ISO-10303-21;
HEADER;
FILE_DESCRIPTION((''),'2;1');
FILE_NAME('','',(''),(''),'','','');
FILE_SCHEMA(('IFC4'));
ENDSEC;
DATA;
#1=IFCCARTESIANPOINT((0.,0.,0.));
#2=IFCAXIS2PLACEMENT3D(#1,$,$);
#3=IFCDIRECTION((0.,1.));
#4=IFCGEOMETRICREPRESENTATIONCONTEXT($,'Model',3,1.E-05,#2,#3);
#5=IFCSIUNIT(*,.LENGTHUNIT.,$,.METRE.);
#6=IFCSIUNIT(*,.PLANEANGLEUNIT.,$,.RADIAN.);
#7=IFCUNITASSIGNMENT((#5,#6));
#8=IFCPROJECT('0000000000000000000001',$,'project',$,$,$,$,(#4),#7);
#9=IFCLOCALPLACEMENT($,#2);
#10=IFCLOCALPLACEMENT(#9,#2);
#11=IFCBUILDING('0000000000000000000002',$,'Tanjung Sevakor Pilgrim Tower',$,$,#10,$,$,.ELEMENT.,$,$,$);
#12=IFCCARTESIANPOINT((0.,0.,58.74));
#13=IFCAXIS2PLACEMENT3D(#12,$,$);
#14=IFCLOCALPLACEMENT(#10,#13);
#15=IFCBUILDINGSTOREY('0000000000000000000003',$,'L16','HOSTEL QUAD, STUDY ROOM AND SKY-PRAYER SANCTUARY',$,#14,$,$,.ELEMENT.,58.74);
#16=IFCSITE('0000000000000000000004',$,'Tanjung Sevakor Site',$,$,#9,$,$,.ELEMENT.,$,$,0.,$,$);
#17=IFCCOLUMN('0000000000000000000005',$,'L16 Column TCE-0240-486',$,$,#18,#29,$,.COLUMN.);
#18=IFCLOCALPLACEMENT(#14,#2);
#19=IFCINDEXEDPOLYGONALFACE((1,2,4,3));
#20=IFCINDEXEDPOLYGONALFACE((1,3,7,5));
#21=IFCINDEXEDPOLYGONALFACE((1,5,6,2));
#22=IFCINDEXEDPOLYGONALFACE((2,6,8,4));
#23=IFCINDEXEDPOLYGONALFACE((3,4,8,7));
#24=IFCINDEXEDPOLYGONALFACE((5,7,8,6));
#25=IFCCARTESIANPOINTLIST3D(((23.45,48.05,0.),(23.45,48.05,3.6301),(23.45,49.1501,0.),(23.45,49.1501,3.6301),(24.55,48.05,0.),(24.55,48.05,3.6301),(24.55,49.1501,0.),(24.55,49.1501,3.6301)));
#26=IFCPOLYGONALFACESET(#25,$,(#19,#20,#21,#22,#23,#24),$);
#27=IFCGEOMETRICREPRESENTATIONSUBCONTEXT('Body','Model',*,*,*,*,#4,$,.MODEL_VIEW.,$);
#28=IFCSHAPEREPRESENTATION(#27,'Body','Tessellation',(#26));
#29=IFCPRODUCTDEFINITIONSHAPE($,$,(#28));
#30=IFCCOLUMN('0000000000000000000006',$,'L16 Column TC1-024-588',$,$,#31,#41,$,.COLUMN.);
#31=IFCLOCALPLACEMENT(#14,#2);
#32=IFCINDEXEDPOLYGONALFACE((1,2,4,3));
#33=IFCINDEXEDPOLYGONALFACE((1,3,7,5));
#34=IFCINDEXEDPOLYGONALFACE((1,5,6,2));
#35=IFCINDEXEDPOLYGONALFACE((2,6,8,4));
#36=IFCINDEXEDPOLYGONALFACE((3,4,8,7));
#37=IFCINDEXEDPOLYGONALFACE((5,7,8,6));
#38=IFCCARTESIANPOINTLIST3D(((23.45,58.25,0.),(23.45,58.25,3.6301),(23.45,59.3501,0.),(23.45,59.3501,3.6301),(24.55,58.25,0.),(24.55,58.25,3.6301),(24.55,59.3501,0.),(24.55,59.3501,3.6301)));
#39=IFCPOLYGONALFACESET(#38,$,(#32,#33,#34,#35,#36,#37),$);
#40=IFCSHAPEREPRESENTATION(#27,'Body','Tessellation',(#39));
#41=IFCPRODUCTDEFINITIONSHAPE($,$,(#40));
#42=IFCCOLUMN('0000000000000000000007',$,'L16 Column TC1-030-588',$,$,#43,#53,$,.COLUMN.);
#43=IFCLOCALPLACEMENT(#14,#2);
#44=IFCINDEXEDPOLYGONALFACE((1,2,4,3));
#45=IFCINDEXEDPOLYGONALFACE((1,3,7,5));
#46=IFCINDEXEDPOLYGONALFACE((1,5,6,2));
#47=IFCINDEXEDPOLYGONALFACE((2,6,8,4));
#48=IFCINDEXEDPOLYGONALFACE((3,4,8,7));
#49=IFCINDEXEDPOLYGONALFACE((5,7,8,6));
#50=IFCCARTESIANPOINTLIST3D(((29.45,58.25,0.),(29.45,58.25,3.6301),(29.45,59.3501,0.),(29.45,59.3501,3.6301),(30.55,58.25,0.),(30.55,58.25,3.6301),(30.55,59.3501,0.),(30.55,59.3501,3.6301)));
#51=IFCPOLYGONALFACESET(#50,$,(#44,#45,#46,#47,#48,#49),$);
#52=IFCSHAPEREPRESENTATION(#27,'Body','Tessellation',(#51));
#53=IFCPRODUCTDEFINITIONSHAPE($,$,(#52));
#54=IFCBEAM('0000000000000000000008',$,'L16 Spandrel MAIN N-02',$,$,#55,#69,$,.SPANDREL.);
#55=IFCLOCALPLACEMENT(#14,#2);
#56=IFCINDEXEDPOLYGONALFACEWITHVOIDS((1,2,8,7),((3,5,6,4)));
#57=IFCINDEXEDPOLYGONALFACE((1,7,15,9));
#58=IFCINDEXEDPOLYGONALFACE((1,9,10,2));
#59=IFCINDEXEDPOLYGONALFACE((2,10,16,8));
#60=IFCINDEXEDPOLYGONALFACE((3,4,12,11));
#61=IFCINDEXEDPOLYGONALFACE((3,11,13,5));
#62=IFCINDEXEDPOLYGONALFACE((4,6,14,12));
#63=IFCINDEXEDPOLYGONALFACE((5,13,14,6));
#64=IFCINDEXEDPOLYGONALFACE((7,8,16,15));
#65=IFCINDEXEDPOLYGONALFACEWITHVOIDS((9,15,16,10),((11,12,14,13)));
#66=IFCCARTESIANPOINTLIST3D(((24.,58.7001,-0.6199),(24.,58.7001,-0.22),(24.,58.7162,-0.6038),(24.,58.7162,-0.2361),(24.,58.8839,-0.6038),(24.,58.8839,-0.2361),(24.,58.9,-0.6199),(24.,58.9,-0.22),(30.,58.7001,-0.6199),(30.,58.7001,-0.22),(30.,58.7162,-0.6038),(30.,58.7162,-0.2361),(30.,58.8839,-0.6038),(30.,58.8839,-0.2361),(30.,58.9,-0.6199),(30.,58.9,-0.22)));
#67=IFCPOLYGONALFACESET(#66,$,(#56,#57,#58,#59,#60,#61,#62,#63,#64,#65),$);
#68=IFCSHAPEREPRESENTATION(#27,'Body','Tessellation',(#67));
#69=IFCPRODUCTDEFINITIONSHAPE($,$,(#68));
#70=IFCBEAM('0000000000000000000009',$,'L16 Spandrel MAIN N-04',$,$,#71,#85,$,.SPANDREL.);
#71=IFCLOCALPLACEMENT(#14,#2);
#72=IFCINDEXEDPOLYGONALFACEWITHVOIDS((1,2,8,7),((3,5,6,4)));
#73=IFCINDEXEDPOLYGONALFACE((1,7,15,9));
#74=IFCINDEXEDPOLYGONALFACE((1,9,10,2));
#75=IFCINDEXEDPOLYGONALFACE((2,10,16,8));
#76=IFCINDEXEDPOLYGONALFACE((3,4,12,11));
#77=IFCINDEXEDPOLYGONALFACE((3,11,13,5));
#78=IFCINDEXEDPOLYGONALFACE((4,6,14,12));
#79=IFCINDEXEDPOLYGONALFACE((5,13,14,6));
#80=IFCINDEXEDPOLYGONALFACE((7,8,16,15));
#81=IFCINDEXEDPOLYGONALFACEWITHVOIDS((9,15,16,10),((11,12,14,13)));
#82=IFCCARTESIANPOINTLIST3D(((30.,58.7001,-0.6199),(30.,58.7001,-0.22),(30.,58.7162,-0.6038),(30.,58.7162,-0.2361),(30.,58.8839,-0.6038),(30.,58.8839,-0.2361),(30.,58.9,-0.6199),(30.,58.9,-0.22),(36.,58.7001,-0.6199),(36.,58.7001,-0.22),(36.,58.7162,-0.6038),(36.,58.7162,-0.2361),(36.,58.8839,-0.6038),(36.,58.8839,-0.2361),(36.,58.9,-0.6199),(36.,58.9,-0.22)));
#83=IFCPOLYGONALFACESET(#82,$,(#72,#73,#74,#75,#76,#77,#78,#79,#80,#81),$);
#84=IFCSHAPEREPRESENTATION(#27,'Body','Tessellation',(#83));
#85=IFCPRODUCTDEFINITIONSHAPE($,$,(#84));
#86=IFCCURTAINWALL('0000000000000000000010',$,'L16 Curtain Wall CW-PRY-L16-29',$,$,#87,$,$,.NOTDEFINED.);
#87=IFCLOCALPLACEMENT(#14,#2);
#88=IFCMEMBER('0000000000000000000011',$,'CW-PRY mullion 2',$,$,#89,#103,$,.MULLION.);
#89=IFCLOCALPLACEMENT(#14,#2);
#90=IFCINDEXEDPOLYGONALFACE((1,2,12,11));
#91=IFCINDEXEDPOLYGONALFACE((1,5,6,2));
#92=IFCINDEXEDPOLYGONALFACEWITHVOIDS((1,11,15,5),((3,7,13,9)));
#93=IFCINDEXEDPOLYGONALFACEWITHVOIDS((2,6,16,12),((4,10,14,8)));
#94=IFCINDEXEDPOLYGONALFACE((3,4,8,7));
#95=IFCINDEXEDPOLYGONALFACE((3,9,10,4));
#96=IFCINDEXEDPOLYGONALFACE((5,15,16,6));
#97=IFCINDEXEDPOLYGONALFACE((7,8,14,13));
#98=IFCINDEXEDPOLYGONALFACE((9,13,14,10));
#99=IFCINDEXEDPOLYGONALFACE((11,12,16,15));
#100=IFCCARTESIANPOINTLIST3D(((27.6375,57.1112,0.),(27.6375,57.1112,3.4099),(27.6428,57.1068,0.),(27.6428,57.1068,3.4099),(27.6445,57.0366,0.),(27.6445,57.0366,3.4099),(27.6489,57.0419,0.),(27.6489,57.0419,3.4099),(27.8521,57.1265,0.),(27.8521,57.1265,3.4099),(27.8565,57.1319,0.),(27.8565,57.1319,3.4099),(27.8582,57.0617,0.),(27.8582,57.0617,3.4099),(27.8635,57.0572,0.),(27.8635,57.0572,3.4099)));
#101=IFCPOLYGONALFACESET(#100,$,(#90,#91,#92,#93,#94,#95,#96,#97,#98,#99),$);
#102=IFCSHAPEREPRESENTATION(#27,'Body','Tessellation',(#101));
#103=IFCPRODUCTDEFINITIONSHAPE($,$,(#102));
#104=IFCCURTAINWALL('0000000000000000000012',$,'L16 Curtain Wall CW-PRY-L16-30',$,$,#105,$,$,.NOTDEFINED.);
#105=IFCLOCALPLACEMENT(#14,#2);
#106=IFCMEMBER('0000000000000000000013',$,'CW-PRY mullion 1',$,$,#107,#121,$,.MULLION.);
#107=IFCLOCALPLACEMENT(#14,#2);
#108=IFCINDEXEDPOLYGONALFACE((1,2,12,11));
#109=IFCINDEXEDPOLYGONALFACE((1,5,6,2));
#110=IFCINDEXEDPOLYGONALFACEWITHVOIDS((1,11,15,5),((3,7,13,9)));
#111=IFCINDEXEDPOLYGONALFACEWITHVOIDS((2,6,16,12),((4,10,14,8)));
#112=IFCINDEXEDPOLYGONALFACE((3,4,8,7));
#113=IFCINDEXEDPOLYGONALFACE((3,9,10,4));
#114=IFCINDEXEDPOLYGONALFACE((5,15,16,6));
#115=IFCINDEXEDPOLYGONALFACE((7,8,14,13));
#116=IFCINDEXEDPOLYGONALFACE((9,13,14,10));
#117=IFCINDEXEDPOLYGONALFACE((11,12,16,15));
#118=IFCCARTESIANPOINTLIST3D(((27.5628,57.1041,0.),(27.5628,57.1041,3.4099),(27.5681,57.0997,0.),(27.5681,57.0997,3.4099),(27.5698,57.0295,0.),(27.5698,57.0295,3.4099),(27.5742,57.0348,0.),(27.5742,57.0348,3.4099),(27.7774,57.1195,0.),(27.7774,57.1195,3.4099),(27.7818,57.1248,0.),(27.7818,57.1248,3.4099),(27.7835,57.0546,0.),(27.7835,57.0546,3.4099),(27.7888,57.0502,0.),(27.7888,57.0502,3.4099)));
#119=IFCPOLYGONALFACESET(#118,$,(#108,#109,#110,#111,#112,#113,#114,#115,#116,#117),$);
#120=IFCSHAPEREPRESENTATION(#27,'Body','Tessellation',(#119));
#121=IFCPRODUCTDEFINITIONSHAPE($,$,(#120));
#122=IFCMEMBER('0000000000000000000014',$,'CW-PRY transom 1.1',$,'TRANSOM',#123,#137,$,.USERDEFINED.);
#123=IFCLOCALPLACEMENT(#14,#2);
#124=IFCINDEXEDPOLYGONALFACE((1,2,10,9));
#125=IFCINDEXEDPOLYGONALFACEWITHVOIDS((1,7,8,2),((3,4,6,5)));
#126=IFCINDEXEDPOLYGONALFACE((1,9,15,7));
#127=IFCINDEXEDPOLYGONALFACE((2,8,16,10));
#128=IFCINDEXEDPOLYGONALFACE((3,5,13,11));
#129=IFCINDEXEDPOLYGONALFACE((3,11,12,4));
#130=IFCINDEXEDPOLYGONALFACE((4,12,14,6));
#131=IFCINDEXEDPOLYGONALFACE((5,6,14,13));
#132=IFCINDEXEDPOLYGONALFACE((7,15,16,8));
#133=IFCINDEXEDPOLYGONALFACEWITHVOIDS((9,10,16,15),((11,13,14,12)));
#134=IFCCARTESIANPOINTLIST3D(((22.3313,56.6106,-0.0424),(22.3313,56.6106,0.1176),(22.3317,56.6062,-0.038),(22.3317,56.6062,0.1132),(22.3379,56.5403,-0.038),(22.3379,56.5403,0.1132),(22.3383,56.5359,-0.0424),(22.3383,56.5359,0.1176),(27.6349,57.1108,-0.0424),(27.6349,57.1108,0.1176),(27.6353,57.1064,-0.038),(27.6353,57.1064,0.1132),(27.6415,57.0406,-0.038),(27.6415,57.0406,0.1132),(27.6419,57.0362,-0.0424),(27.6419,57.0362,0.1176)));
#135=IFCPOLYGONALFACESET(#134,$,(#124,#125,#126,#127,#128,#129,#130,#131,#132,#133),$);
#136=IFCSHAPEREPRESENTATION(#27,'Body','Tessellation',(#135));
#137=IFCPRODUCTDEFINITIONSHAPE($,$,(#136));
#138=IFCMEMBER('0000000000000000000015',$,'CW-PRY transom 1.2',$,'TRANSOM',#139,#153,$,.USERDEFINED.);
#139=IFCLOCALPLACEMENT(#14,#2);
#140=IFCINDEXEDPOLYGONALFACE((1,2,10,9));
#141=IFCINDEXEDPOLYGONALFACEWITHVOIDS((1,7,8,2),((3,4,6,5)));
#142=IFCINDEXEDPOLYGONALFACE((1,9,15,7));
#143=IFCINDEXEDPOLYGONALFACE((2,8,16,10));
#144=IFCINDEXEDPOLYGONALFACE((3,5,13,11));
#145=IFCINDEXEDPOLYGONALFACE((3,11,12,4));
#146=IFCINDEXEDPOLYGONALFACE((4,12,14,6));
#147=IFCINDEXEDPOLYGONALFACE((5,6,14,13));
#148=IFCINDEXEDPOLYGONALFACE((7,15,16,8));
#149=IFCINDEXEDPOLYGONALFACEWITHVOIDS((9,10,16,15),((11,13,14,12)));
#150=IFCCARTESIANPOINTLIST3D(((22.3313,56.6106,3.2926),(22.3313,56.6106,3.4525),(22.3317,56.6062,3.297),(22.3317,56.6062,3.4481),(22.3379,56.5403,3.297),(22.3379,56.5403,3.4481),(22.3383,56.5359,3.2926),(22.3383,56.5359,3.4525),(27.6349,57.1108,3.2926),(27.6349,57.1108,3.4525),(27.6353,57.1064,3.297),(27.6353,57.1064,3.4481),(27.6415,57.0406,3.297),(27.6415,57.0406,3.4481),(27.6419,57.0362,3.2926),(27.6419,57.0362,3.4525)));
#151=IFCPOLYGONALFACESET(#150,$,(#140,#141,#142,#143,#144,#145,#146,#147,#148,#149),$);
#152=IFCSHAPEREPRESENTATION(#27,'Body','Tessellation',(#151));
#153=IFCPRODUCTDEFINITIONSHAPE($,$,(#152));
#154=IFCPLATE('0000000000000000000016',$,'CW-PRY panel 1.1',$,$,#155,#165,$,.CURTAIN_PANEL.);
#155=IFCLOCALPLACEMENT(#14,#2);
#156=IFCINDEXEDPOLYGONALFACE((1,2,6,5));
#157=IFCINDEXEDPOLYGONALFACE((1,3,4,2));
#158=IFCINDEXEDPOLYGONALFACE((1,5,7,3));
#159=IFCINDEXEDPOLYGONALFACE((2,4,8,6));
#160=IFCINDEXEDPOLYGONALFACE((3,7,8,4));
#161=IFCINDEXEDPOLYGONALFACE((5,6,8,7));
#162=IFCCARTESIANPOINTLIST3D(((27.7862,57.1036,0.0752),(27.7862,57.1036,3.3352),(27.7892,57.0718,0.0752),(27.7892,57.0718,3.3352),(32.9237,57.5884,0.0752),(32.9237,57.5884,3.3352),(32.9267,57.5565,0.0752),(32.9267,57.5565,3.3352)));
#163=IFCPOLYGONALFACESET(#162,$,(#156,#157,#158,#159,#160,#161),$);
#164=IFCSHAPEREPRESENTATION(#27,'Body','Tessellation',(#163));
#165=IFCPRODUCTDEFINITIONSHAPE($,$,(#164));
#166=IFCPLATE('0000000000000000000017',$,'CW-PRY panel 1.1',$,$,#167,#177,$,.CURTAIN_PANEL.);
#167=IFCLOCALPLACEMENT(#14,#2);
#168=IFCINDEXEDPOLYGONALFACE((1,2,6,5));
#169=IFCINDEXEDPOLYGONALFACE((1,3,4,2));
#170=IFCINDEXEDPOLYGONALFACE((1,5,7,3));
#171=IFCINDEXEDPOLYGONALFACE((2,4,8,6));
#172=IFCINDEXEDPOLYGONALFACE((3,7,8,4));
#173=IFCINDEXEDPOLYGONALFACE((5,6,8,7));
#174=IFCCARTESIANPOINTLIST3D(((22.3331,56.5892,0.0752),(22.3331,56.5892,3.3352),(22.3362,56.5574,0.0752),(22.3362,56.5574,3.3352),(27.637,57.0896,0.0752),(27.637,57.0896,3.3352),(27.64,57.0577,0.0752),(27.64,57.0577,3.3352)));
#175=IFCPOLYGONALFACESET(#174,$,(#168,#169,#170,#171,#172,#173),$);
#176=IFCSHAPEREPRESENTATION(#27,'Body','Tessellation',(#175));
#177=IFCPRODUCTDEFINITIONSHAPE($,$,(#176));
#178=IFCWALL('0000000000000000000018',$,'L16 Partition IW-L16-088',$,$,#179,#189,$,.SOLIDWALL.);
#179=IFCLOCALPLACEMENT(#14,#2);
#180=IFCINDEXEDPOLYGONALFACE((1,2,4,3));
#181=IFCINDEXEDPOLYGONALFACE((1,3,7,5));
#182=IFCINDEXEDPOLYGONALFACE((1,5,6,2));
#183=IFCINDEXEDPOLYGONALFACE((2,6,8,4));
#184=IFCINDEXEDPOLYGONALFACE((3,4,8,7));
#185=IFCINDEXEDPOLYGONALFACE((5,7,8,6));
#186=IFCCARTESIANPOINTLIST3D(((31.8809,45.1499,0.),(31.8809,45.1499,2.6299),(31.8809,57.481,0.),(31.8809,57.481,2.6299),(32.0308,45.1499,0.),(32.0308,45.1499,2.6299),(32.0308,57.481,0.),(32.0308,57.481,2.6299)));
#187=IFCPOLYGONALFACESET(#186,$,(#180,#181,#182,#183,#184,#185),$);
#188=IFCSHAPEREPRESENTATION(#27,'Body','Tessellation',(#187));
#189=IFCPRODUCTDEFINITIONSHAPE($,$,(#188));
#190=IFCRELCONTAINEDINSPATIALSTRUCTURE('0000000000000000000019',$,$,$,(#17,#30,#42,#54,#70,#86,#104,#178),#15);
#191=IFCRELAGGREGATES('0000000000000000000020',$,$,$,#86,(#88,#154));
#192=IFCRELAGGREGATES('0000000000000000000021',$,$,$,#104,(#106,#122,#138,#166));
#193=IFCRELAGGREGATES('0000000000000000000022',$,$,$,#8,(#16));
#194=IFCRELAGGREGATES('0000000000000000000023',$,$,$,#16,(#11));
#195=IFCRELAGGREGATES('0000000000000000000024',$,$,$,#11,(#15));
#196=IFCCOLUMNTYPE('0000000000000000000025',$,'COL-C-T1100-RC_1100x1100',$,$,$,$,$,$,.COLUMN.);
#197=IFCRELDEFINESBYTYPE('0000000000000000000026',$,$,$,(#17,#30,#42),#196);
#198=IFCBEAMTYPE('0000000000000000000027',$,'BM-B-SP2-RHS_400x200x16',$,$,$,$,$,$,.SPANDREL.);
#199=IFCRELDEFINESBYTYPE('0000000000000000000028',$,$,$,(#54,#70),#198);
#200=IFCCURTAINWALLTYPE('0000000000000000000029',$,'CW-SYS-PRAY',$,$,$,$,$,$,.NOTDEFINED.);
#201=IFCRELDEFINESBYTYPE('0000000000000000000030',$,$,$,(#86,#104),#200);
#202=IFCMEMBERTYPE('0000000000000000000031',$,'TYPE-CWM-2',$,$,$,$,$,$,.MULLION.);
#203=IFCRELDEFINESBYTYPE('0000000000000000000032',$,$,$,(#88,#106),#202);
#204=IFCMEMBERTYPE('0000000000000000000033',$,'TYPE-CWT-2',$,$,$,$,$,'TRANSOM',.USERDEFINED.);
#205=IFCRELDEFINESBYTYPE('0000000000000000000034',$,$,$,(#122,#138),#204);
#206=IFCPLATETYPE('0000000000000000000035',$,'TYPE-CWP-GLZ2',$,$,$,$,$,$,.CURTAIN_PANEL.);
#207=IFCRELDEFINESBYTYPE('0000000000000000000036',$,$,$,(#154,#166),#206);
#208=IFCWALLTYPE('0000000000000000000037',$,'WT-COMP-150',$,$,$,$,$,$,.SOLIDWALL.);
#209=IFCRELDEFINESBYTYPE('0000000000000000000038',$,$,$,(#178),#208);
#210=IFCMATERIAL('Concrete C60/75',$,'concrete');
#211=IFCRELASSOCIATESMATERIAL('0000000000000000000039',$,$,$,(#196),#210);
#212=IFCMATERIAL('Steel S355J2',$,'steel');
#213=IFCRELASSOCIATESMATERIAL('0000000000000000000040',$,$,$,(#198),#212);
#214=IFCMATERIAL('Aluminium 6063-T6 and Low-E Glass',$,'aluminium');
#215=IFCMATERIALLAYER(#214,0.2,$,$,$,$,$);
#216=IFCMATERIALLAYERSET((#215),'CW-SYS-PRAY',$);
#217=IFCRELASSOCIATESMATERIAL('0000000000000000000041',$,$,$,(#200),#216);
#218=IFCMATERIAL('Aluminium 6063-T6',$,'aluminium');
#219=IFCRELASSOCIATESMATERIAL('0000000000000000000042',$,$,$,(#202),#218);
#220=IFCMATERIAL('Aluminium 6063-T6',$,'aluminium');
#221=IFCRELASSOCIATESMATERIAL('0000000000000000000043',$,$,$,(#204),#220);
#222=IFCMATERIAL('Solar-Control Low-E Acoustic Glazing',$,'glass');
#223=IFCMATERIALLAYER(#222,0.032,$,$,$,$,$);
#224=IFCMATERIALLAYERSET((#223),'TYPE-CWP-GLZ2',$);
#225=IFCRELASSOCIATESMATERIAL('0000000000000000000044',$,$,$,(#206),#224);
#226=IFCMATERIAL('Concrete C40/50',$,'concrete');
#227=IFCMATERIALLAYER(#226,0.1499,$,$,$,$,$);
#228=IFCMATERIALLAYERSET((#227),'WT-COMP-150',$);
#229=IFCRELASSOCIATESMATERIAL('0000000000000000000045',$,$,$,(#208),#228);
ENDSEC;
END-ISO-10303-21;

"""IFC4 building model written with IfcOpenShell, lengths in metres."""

from ifc_helpers import new_model, si_unit, direction, frame, frame_2d, origin, origin_2d, place, context, subcontext, project, spatial, rectangle, hollow_rectangle, extrude, material, layer, layer_set, material_profile, profile_set, type_object, element, aggregate, save


model = new_model("IFC4")

# Units and contexts
model_context = context("Model", 3, precision=1e-05, world=origin(), true_north=direction((0.0, 1.0)))
body_context = subcontext(model_context, "Body", "Model", "MODEL_VIEW")
ifc_project = project(units=[si_unit("LENGTHUNIT", "METRE"), si_unit("PLANEANGLEUNIT", "RADIAN")], contexts=[model_context])

# Site, building, storey
site_placement = place(None, origin())
site = spatial("IfcSite", under=ifc_project, at=site_placement, Name="Tanjung Sevakor Site", CompositionType="ELEMENT", RefElevation=0.0)
building_placement = place(site_placement, origin())
building = spatial("IfcBuilding", under=site, at=building_placement, Name="Tanjung Sevakor Pilgrim Tower", CompositionType="ELEMENT")
storey_placement = place(building_placement, frame((0.0, 0.0, 58.74)))
storey = spatial("IfcBuildingStorey", under=building, at=storey_placement, Name="L16", Description="HOSTEL QUAD, STUDY ROOM AND SKY-PRAYER SANCTUARY", CompositionType="ELEMENT", Elevation=58.74)

# Columns
ifc_material_1 = material(Name="Concrete C60/75", Category="concrete")
ifc_material_profile_1 = material_profile(ifc_material_1, rectangle(XDim=1.1001, YDim=1.1001, at=origin_2d()))
ifc_profile_set_1 = profile_set([ifc_material_profile_1], Name="Concrete C60/75")
column_type = type_object("IfcColumnType", Name="COL-C-T1100-RC_1100x1100", PredefinedType="COLUMN", material=ifc_profile_set_1)
for number, where, z_axis, x_axis, name in (
    (1, (24.0, 48.6001, 0.0), (0.0, 0.0, 1.0), (1.0, 0.0, 0.0), "L16 Column TCE-0240-486"),
    (2, (24.0, 58.8, 0.0), (0.0, 0.0, 1.0), (1.0, 0.0, 0.0), "L16 Column TC1-024-588"),
    (3, (30.0, 58.8, 0.0), (0.0, 0.0, 1.0), (1.0, 0.0, 0.0), "L16 Column TC1-030-588"),
):
    element("IfcColumn", number, at=place(storey_placement, frame(where, z_axis=z_axis, x_axis=x_axis)), inside=storey, type_object=column_type, Name=name, PredefinedType="COLUMN", context=body_context, shape_type="SweptSolid", body=[
        extrude(rectangle(XDim=1.1001, YDim=1.1001, at=origin_2d()), origin(), (0.0, 0.0, 1.0), 3.6301),
    ])

# Beams
ifc_material_2 = material(Name="Steel S355J2", Category="steel")
ifc_material_profile_2 = material_profile(ifc_material_2, hollow_rectangle(XDim=0.2, YDim=0.3999, WallThickness=0.0161, at=origin_2d()))
ifc_profile_set_2 = profile_set([ifc_material_profile_2], Name="Steel S355J2")
beam_type = type_object("IfcBeamType", Name="BM-B-SP2-RHS_400x200x16", PredefinedType="SPANDREL", material=ifc_profile_set_2)
for number, where, z_axis, x_axis, name in (
    (4, (24.0, 58.8, -0.4199), (1.0, 0.0, 0.0), (0.0, 1.0, 0.0), "L16 Spandrel MAIN N-02"),
    (5, (30.0, 58.8, -0.4199), (1.0, 0.0, 0.0), (0.0, 1.0, 0.0), "L16 Spandrel MAIN N-04"),
):
    element("IfcBeam", number, at=place(storey_placement, frame(where, z_axis=z_axis, x_axis=x_axis)), inside=storey, type_object=beam_type, Name=name, PredefinedType="SPANDREL", context=body_context, shape_type="SweptSolid", body=[
        extrude(hollow_rectangle(XDim=0.2, YDim=0.3999, WallThickness=0.0161, at=origin_2d()), origin(), (0.0, 0.0, 1.0), 6.0),
    ])

# Curtain wall, member
ifc_material_3 = material(Name="Aluminium 6063-T6 and Low-E Glass", Category="aluminium")
ifc_layer_1 = layer(ifc_material_3, 0.2)
ifc_layer_set_1 = layer_set([ifc_layer_1], Name="CW-SYS-PRAY")
curtain_wall_type = type_object("IfcCurtainWallType", Name="CW-SYS-PRAY", PredefinedType="NOTDEFINED", material=ifc_layer_set_1)
curtain_wall_1_placement = place(storey_placement, origin())
curtain_wall_1 = element("IfcCurtainWall", 6, at=curtain_wall_1_placement, inside=storey, type_object=curtain_wall_type, Name="L16 Curtain Wall CW-PRY-L16-29", PredefinedType="NOTDEFINED")
ifc_material_4 = material(Name="Aluminium 6063-T6", Category="aluminium")
ifc_material_profile_3 = material_profile(ifc_material_4, hollow_rectangle(XDim=0.075, YDim=0.22, WallThickness=0.0049, at=origin_2d()))
ifc_profile_set_3 = profile_set([ifc_material_profile_3], Name="Aluminium 6063-T6")
member_type_1 = type_object("IfcMemberType", Name="TYPE-CWM-2", PredefinedType="MULLION", material=ifc_profile_set_3)
member_1_placement = place(storey_placement, frame((27.7505, 57.0842, 0.0), z_axis=(0.0, 0.0, 1.0), x_axis=(0.093929, -0.995579, 0.0)))
member_1 = element("IfcMember", 7, at=member_1_placement, type_object=member_type_1, Name="CW-PRY mullion 2", PredefinedType="MULLION", context=body_context, shape_type="SweptSolid", body=[
    extrude(hollow_rectangle(XDim=0.075, YDim=0.22, WallThickness=0.0049, at=origin_2d()), origin(), (0.0, 0.0, 1.0), 3.4099),
])

# Curtain wall, members
curtain_wall_2_placement = place(storey_placement, origin())
curtain_wall_2 = element("IfcCurtainWall", 8, at=curtain_wall_2_placement, inside=storey, type_object=curtain_wall_type, Name="L16 Curtain Wall CW-PRY-L16-30", PredefinedType="NOTDEFINED")
member_2_placement = place(storey_placement, frame((27.6758, 57.0771, 0.0), z_axis=(0.0, 0.0, 1.0), x_axis=(0.093915, -0.99558, 0.0)))
member_2 = element("IfcMember", 9, at=member_2_placement, type_object=member_type_1, Name="CW-PRY mullion 1", PredefinedType="MULLION", context=body_context, shape_type="SweptSolid", body=[
    extrude(hollow_rectangle(XDim=0.075, YDim=0.22, WallThickness=0.0049, at=origin_2d()), origin(), (0.0, 0.0, 1.0), 3.4099),
])
ifc_material_5 = material(Name="Aluminium 6063-T6", Category="aluminium")
ifc_material_profile_4 = material_profile(ifc_material_5, hollow_rectangle(XDim=0.075, YDim=0.1599, WallThickness=0.0044, at=origin_2d()))
ifc_profile_set_4 = profile_set([ifc_material_profile_4], Name="Aluminium 6063-T6")
member_type_2 = type_object("IfcMemberType", Name="TYPE-CWT-2", ElementType="TRANSOM", PredefinedType="USERDEFINED", material=ifc_profile_set_4)
member_3_placement = place(storey_placement, frame((27.6384, 57.0735, 0.0376), z_axis=(-0.995581, -0.093903, 0.0), x_axis=(0.093903, -0.995581, 0.0)))
member_3 = element("IfcMember", 10, at=member_3_placement, type_object=member_type_2, Name="CW-PRY transom 1.1", ObjectType="TRANSOM", PredefinedType="USERDEFINED", context=body_context, shape_type="SweptSolid", body=[
    extrude(hollow_rectangle(XDim=0.075, YDim=0.1599, WallThickness=0.0044, at=origin_2d()), origin(), (0.0, 0.0, 1.0), 5.3271),
])
member_4_placement = place(storey_placement, frame((27.6384, 57.0735, 3.3726), z_axis=(-0.995581, -0.093903, 0.0), x_axis=(0.093903, -0.995581, 0.0)))
member_4 = element("IfcMember", 11, at=member_4_placement, type_object=member_type_2, Name="CW-PRY transom 1.2", ObjectType="TRANSOM", PredefinedType="USERDEFINED", context=body_context, shape_type="SweptSolid", body=[
    extrude(hollow_rectangle(XDim=0.075, YDim=0.1599, WallThickness=0.0044, at=origin_2d()), origin(), (0.0, 0.0, 1.0), 5.3271),
])

# Plates
ifc_material_6 = material(Name="Solar-Control Low-E Acoustic Glazing", Category="glass")
ifc_layer_2 = layer(ifc_material_6, 0.032)
ifc_layer_set_2 = layer_set([ifc_layer_2], Name="TYPE-CWP-GLZ2")
plate_type = type_object("IfcPlateType", Name="TYPE-CWP-GLZ2", PredefinedType="CURTAIN_PANEL", material=ifc_layer_set_2)
plate_1_placement = place(storey_placement, frame((30.3564, 57.3301, 0.0752), z_axis=(0.0, 0.0, 1.0), x_axis=(-0.995579, -0.093929, 0.0)))
plate_1 = element("IfcPlate", 12, at=plate_1_placement, type_object=plate_type, Name="CW-PRY panel 1.1", PredefinedType="CURTAIN_PANEL", context=body_context, shape_type="SweptSolid", body=[
    extrude(rectangle(XDim=5.1604, YDim=0.032, at=origin_2d()), origin(), (0.0, 0.0, 1.0), 3.26),
])
aggregate(curtain_wall_1, [member_1, plate_1])
plate_2_placement = place(storey_placement, frame((24.9866, 56.8235, 0.0752), z_axis=(0.0, 0.0, 1.0), x_axis=(-0.99558, -0.093915, 0.0)))
plate_2 = element("IfcPlate", 13, at=plate_2_placement, type_object=plate_type, Name="CW-PRY panel 1.1", PredefinedType="CURTAIN_PANEL", context=body_context, shape_type="SweptSolid", body=[
    extrude(rectangle(XDim=5.3274, YDim=0.032, at=origin_2d()), origin(), (0.0, 0.0, 1.0), 3.26),
])
aggregate(curtain_wall_2, [member_2, member_3, member_4, plate_2])

# Wall
ifc_material_7 = material(Name="Concrete C40/50", Category="concrete")
ifc_layer_3 = layer(ifc_material_7, 0.1499)
ifc_layer_set_3 = layer_set([ifc_layer_3], Name="WT-COMP-150")
wall_type_1 = type_object("IfcWallType", Name="WT-COMP-150", PredefinedType="SOLIDWALL", material=ifc_layer_set_3)
wall_1_placement = place(storey_placement, frame((31.9558, 45.1499, 0.0), z_axis=(0.0, 0.0, 1.0), x_axis=(0.0, 1.0, 0.0)))
element("IfcWall", 14, at=wall_1_placement, inside=storey, type_object=wall_type_1, Name="L16 Partition IW-L16-088", PredefinedType="SOLIDWALL", context=body_context, shape_type="SweptSolid", body=[
    extrude(rectangle(XDim=12.3311, YDim=0.1499, at=frame_2d((6.1655, 0.0))), origin(), (0.0, 0.0, 1.0), 2.6299),
])

save(model, "model.ifc")
